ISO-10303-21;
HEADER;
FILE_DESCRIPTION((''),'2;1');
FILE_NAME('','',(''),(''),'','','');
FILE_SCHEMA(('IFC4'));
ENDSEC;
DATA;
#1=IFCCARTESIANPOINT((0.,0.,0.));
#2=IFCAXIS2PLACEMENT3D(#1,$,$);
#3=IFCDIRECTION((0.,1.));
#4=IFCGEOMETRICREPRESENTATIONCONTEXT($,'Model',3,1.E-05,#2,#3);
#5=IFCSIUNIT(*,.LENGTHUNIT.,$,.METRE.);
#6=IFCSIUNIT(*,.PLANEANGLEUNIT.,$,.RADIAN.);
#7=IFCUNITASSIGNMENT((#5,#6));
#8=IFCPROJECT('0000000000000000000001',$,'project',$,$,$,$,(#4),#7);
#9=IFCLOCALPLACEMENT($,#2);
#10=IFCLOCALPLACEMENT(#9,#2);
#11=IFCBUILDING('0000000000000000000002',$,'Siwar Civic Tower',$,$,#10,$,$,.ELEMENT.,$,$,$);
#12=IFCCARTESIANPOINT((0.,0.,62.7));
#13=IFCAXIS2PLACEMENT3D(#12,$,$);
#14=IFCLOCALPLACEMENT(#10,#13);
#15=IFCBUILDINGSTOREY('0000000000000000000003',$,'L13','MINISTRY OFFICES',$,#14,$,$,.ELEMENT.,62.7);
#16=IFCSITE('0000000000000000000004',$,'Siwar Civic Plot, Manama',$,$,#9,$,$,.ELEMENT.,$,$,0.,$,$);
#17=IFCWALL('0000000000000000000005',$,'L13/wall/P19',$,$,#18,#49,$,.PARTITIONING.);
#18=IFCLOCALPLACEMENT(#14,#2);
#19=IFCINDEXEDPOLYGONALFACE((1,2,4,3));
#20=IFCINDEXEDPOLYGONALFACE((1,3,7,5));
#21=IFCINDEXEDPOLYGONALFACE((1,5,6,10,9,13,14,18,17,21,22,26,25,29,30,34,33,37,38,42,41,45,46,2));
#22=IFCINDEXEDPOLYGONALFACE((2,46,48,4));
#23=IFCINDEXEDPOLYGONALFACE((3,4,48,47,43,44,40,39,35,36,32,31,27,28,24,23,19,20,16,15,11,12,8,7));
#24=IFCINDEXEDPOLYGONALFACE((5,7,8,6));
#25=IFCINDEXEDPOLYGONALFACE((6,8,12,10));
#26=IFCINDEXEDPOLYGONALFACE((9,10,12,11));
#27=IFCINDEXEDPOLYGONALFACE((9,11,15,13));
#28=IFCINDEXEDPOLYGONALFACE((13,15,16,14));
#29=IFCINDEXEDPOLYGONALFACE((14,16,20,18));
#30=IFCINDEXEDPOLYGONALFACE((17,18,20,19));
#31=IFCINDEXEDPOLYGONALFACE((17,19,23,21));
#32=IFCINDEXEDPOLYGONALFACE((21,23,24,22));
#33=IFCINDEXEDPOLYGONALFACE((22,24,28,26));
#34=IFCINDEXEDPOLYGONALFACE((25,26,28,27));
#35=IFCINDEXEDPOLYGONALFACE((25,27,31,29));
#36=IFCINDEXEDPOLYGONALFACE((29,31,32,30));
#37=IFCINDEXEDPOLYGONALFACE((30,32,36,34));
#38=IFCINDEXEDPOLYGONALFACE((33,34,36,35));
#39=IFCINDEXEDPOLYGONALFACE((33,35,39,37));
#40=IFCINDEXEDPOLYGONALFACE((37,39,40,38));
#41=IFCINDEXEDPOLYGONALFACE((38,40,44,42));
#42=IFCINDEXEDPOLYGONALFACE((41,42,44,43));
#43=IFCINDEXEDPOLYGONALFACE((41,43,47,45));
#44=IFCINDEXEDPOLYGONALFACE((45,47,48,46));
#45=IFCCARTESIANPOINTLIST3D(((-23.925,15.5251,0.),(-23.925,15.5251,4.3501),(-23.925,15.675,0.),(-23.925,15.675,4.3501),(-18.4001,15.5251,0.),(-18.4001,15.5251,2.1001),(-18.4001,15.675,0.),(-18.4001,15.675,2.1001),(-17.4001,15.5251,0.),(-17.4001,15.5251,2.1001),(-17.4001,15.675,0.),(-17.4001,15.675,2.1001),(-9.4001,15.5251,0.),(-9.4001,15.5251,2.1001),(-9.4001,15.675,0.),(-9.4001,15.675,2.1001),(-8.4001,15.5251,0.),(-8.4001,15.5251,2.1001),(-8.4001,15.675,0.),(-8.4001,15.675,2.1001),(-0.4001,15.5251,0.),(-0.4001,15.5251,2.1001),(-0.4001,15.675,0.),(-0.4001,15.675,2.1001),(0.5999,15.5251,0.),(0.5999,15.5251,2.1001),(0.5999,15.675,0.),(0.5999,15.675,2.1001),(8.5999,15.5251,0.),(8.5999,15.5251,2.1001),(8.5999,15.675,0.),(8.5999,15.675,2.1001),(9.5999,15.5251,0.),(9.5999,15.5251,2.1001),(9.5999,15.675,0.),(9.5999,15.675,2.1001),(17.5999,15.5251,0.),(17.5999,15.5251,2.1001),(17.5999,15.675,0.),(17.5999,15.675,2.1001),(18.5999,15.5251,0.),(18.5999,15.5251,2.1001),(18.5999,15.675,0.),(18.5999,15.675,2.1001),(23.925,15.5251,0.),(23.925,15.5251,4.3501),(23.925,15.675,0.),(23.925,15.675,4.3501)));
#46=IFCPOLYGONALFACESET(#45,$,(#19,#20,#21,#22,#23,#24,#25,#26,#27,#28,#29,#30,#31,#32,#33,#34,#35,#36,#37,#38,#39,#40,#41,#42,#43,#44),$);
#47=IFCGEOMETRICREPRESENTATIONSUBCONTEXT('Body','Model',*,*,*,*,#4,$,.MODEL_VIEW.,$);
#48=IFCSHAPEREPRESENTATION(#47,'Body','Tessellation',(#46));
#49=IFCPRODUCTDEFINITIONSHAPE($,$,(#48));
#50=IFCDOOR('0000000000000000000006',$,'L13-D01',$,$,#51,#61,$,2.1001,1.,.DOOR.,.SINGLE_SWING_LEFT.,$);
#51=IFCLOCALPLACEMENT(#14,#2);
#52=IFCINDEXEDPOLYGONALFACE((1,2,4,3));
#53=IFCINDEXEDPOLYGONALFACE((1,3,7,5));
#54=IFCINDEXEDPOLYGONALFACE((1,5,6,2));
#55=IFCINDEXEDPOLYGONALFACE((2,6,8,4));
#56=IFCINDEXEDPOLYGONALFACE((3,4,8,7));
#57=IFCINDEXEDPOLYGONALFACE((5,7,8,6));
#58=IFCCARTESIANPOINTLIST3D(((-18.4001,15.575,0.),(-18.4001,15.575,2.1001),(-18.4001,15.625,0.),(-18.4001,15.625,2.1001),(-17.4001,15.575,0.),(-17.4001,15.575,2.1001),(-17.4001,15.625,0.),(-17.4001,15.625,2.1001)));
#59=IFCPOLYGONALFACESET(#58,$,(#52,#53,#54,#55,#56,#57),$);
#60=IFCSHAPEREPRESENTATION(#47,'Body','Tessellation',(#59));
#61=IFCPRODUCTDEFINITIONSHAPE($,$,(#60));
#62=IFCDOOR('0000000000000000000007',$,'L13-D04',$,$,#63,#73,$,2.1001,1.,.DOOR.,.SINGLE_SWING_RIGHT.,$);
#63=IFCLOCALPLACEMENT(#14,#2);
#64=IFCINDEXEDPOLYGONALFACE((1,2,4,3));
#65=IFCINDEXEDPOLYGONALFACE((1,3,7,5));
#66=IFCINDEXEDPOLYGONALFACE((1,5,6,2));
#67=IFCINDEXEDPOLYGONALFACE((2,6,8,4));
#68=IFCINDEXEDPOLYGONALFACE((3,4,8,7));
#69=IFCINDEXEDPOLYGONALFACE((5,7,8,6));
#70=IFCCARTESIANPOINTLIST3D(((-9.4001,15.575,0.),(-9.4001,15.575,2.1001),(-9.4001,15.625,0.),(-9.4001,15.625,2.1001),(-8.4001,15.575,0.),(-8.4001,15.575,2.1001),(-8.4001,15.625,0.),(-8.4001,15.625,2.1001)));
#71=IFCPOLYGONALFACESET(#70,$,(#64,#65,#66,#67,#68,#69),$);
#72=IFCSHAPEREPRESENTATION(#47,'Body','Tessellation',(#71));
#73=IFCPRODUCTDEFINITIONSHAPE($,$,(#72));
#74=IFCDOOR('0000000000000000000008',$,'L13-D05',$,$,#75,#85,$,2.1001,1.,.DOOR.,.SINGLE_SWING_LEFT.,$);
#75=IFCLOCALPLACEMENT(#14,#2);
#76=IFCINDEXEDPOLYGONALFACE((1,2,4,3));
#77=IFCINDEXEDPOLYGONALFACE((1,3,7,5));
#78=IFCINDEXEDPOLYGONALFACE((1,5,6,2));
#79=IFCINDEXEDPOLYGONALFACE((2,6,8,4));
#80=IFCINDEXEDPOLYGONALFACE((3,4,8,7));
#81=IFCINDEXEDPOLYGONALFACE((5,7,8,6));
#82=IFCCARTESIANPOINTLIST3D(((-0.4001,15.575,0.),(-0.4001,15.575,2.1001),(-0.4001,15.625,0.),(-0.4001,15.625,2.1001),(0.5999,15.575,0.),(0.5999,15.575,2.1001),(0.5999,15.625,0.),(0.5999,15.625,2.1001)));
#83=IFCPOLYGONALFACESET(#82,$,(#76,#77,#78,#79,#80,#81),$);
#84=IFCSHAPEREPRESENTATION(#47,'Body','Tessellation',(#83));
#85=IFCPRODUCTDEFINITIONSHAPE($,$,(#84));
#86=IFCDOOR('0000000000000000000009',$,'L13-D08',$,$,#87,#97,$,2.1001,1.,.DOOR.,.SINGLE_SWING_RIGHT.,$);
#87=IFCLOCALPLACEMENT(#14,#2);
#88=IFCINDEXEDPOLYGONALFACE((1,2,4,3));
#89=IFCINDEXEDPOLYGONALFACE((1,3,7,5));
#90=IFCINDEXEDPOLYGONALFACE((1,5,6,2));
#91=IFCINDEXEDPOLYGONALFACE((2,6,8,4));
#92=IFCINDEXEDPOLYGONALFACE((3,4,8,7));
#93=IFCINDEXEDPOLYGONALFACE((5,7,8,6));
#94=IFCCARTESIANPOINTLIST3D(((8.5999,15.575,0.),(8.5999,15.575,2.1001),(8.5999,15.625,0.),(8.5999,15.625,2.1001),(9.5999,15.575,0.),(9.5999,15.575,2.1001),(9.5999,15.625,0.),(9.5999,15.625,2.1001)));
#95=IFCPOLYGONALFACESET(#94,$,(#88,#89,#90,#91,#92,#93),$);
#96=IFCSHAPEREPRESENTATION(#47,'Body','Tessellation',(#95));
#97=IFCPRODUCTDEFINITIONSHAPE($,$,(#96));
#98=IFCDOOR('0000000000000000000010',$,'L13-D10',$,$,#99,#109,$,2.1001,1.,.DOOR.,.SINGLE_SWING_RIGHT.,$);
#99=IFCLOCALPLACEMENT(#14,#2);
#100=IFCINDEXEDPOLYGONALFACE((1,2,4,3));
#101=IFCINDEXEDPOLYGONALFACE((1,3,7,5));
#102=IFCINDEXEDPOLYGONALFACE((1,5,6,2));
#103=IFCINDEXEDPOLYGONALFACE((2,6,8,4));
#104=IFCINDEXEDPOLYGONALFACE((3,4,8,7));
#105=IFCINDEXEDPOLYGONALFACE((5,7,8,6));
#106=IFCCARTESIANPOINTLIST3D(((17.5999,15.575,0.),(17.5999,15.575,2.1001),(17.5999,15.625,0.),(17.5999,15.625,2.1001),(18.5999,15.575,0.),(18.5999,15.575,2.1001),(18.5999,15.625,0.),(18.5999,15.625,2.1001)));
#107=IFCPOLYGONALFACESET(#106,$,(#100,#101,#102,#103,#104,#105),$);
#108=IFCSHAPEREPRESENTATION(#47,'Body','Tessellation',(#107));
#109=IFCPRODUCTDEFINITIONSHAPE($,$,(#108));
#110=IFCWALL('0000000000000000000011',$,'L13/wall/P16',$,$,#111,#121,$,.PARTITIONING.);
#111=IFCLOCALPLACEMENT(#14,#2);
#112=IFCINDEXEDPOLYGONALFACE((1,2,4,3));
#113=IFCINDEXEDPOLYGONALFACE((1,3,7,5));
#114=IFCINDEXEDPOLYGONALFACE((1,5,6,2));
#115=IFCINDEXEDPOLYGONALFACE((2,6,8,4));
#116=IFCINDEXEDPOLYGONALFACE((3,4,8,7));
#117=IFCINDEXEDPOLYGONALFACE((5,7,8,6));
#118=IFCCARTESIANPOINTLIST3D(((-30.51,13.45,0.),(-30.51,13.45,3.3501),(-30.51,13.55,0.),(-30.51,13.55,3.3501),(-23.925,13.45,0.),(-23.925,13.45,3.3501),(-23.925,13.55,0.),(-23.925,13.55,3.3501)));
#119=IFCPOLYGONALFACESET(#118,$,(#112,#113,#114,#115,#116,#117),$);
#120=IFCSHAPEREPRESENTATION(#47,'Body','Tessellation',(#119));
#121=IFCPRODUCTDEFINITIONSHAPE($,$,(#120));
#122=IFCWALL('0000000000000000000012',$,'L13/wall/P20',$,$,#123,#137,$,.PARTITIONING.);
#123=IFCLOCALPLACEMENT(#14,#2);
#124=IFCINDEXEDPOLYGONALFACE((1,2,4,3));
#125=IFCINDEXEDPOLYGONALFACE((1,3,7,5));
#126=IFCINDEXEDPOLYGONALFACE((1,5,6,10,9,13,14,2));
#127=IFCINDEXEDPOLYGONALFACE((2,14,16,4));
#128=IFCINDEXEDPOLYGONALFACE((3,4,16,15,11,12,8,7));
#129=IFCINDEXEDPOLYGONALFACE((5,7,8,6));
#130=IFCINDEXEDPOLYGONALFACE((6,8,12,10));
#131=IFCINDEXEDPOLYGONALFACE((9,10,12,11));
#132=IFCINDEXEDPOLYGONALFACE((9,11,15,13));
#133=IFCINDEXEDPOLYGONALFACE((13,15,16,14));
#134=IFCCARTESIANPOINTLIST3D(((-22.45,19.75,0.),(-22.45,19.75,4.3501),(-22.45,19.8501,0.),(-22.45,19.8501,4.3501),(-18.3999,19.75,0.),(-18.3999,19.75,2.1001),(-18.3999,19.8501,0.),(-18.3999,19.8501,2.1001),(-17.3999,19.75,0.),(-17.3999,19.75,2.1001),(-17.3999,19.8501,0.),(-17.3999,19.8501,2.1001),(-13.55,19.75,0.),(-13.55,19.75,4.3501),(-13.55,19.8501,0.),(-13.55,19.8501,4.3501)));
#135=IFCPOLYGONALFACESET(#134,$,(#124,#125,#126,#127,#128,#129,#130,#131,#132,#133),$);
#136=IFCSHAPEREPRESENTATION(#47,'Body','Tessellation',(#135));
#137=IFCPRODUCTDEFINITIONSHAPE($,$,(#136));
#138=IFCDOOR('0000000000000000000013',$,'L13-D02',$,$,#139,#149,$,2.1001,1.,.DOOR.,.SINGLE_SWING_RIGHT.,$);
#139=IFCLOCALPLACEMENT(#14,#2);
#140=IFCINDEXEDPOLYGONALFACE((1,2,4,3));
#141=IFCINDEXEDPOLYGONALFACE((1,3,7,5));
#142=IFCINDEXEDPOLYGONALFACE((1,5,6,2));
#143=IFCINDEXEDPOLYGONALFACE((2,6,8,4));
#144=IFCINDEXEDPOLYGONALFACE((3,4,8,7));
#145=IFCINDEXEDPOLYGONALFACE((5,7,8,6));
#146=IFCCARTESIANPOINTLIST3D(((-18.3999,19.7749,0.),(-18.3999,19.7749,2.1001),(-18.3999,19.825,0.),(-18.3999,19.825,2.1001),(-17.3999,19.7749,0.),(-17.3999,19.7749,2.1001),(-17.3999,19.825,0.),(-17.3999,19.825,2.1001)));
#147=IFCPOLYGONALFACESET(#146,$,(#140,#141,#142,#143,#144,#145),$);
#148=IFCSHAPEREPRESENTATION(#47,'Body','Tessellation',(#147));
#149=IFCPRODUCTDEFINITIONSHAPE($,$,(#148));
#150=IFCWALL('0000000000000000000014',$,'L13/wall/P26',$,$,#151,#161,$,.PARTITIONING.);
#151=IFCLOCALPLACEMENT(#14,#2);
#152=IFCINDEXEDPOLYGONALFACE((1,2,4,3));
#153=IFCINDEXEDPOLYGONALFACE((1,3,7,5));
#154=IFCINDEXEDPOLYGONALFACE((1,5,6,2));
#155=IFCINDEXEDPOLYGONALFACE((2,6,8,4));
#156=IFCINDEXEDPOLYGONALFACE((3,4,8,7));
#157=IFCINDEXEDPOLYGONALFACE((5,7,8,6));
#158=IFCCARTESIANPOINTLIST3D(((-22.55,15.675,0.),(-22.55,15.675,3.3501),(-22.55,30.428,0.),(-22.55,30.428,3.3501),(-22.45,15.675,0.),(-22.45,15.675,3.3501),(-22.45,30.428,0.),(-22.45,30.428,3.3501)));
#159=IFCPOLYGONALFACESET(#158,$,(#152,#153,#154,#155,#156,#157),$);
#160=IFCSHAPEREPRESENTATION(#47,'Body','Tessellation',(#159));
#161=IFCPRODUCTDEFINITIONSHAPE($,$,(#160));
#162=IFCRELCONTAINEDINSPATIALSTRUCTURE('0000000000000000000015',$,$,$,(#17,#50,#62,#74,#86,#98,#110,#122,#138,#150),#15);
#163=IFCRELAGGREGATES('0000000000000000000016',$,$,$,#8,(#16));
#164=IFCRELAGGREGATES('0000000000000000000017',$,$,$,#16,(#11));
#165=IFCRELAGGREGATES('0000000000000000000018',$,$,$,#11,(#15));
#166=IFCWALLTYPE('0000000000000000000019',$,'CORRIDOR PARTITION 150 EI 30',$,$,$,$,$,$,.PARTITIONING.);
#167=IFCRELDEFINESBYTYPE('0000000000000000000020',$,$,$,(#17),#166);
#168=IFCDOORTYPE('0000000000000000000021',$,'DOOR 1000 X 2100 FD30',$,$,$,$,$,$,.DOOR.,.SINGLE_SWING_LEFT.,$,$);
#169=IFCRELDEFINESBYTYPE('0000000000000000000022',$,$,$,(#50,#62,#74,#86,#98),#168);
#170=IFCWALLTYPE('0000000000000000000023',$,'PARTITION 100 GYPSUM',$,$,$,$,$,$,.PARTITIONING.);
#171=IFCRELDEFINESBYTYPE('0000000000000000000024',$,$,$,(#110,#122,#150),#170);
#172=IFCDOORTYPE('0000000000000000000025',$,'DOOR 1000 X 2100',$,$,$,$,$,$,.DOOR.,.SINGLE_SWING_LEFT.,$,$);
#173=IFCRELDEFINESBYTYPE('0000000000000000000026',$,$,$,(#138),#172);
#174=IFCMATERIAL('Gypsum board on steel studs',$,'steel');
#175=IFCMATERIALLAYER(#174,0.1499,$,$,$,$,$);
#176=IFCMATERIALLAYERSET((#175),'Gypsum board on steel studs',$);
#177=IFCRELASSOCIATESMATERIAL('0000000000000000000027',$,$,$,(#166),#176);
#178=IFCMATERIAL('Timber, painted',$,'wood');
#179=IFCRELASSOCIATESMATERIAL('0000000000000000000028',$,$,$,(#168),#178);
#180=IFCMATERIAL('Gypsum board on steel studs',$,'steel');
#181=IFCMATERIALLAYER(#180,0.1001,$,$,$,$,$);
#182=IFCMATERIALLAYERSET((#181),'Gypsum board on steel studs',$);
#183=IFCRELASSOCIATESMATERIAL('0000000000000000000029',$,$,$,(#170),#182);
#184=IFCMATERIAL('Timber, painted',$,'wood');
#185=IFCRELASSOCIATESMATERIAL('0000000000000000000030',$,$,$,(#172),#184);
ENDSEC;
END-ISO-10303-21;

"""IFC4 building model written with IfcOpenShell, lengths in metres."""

from ifc_helpers import new_model, si_unit, direction, frame, frame_2d, origin, place, context, subcontext, project, spatial, rectangle, extrude, material, layer, layer_set, type_object, element, fill, save


model = new_model("IFC4")

# Units and contexts
model_context = context("Model", 3, precision=1e-05, world=origin(), true_north=direction((0.0, 1.0)))
body_context = subcontext(model_context, "Body", "Model", "MODEL_VIEW")
ifc_project = project(units=[si_unit("LENGTHUNIT", "METRE"), si_unit("PLANEANGLEUNIT", "RADIAN")], contexts=[model_context])

# Site, building, storey
site_placement = place(None, origin())
site = spatial("IfcSite", under=ifc_project, at=site_placement, Name="Siwar Civic Plot, Manama", CompositionType="ELEMENT", RefElevation=0.0)
building_placement = place(site_placement, origin())
building = spatial("IfcBuilding", under=site, at=building_placement, Name="Siwar Civic Tower", CompositionType="ELEMENT")
storey_placement = place(building_placement, frame((0.0, 0.0, 62.7)))
storey = spatial("IfcBuildingStorey", under=building, at=storey_placement, Name="L13", Description="MINISTRY OFFICES", CompositionType="ELEMENT", Elevation=62.7)

# Wall, openings, doors
ifc_material_1 = material(Name="Gypsum board on steel studs", Category="steel")
ifc_layer_1 = layer(ifc_material_1, 0.1499)
ifc_layer_set_1 = layer_set([ifc_layer_1], Name="Gypsum board on steel studs")
wall_type_1 = type_object("IfcWallType", Name="CORRIDOR PARTITION 150 EI 30", PredefinedType="PARTITIONING", material=ifc_layer_set_1)
wall_1_placement = place(storey_placement, frame((-23.925, 15.6001, 0.0), z_axis=(0.0, 0.0, 1.0), x_axis=(1.0, 0.0, 0.0)))
wall_1 = element("IfcWall", 1, at=wall_1_placement, inside=storey, type_object=wall_type_1, Name="L13/wall/P19", PredefinedType="PARTITIONING", context=body_context, shape_type="SweptSolid", body=[
    extrude(rectangle(XDim=47.8501, YDim=0.1499, at=frame_2d((23.925, 0.0))), origin(), (0.0, 0.0, 1.0), 4.3501),
])
opening_1_placement = place(wall_1_placement, frame((5.5249, 0.0, 0.0)))
opening_1 = element("IfcOpeningElement", 2, at=opening_1_placement, cuts=wall_1, PredefinedType="OPENING", context=body_context, shape_type="SweptSolid", body=[
    extrude(rectangle(XDim=1.0, YDim=2.1001, at=frame_2d((0.5, 1.05))), frame((0.0, 0.085, 0.0), z_axis=(0.0, -1.0, 0.0), x_axis=(1.0, 0.0, 0.0)), (0.0, 0.0, 1.0), 0.1699),
])
opening_2_placement = place(wall_1_placement, frame((14.5249, 0.0, 0.0)))
opening_2 = element("IfcOpeningElement", 3, at=opening_2_placement, cuts=wall_1, PredefinedType="OPENING", context=body_context, shape_type="SweptSolid", body=[
    extrude(rectangle(XDim=1.0, YDim=2.1001, at=frame_2d((0.5, 1.05))), frame((0.0, 0.085, 0.0), z_axis=(0.0, -1.0, 0.0), x_axis=(1.0, 0.0, 0.0)), (0.0, 0.0, 1.0), 0.1699),
])
opening_3_placement = place(wall_1_placement, frame((23.5249, 0.0, 0.0)))
opening_3 = element("IfcOpeningElement", 4, at=opening_3_placement, cuts=wall_1, PredefinedType="OPENING", context=body_context, shape_type="SweptSolid", body=[
    extrude(rectangle(XDim=1.0, YDim=2.1001, at=frame_2d((0.5, 1.05))), frame((0.0, 0.085, 0.0), z_axis=(0.0, -1.0, 0.0), x_axis=(1.0, 0.0, 0.0)), (0.0, 0.0, 1.0), 0.1699),
])
opening_4_placement = place(wall_1_placement, frame((32.5249, 0.0, 0.0)))
opening_4 = element("IfcOpeningElement", 5, at=opening_4_placement, cuts=wall_1, PredefinedType="OPENING", context=body_context, shape_type="SweptSolid", body=[
    extrude(rectangle(XDim=1.0, YDim=2.1001, at=frame_2d((0.5, 1.05))), frame((0.0, 0.085, 0.0), z_axis=(0.0, -1.0, 0.0), x_axis=(1.0, 0.0, 0.0)), (0.0, 0.0, 1.0), 0.1699),
])
opening_5_placement = place(wall_1_placement, frame((41.5249, 0.0, 0.0)))
opening_5 = element("IfcOpeningElement", 6, at=opening_5_placement, cuts=wall_1, PredefinedType="OPENING", context=body_context, shape_type="SweptSolid", body=[
    extrude(rectangle(XDim=1.0, YDim=2.1001, at=frame_2d((0.5, 1.05))), frame((0.0, 0.085, 0.0), z_axis=(0.0, -1.0, 0.0), x_axis=(1.0, 0.0, 0.0)), (0.0, 0.0, 1.0), 0.1699),
])
ifc_material_2 = material(Name="Timber, painted", Category="wood")
door_type_1 = type_object("IfcDoorType", Name="DOOR 1000 X 2100 FD30", OperationType="SINGLE_SWING_LEFT", PredefinedType="DOOR", material=ifc_material_2)
door_1_placement = place(opening_1_placement, origin())
door_1 = element("IfcDoor", 7, at=door_1_placement, inside=storey, type_object=door_type_1, Name="L13-D01", OperationType="SINGLE_SWING_LEFT", OverallHeight=2.1001, OverallWidth=1.0, PredefinedType="DOOR", context=body_context, shape_type="SweptSolid", body=[
    extrude(rectangle(XDim=1.0, YDim=2.1001, at=frame_2d((0.5, 1.05))), frame((0.0, 0.0249, 0.0), z_axis=(0.0, -1.0, 0.0), x_axis=(1.0, 0.0, 0.0)), (0.0, 0.0, 1.0), 0.05),
])
fill(opening_1, door_1)
door_2_placement = place(opening_2_placement, origin())
door_2 = element("IfcDoor", 8, at=door_2_placement, inside=storey, type_object=door_type_1, Name="L13-D04", OperationType="SINGLE_SWING_RIGHT", OverallHeight=2.1001, OverallWidth=1.0, PredefinedType="DOOR", context=body_context, shape_type="SweptSolid", body=[
    extrude(rectangle(XDim=1.0, YDim=2.1001, at=frame_2d((0.5, 1.05))), frame((0.0, 0.0249, 0.0), z_axis=(0.0, -1.0, 0.0), x_axis=(1.0, 0.0, 0.0)), (0.0, 0.0, 1.0), 0.05),
])
fill(opening_2, door_2)
door_3_placement = place(opening_3_placement, origin())
door_3 = element("IfcDoor", 9, at=door_3_placement, inside=storey, type_object=door_type_1, Name="L13-D05", OperationType="SINGLE_SWING_LEFT", OverallHeight=2.1001, OverallWidth=1.0, PredefinedType="DOOR", context=body_context, shape_type="SweptSolid", body=[
    extrude(rectangle(XDim=1.0, YDim=2.1001, at=frame_2d((0.5, 1.05))), frame((0.0, 0.0249, 0.0), z_axis=(0.0, -1.0, 0.0), x_axis=(1.0, 0.0, 0.0)), (0.0, 0.0, 1.0), 0.05),
])
fill(opening_3, door_3)
door_4_placement = place(opening_4_placement, origin())
door_4 = element("IfcDoor", 10, at=door_4_placement, inside=storey, type_object=door_type_1, Name="L13-D08", OperationType="SINGLE_SWING_RIGHT", OverallHeight=2.1001, OverallWidth=1.0, PredefinedType="DOOR", context=body_context, shape_type="SweptSolid", body=[
    extrude(rectangle(XDim=1.0, YDim=2.1001, at=frame_2d((0.5, 1.05))), frame((0.0, 0.0249, 0.0), z_axis=(0.0, -1.0, 0.0), x_axis=(1.0, 0.0, 0.0)), (0.0, 0.0, 1.0), 0.05),
])
fill(opening_4, door_4)
door_5_placement = place(opening_5_placement, origin())
door_5 = element("IfcDoor", 11, at=door_5_placement, inside=storey, type_object=door_type_1, Name="L13-D10", OperationType="SINGLE_SWING_RIGHT", OverallHeight=2.1001, OverallWidth=1.0, PredefinedType="DOOR", context=body_context, shape_type="SweptSolid", body=[
    extrude(rectangle(XDim=1.0, YDim=2.1001, at=frame_2d((0.5, 1.05))), frame((0.0, 0.0249, 0.0), z_axis=(0.0, -1.0, 0.0), x_axis=(1.0, 0.0, 0.0)), (0.0, 0.0, 1.0), 0.05),
])
fill(opening_5, door_5)

# Wall
ifc_material_3 = material(Name="Gypsum board on steel studs", Category="steel")
ifc_layer_2 = layer(ifc_material_3, 0.1001)
ifc_layer_set_2 = layer_set([ifc_layer_2], Name="Gypsum board on steel studs")
wall_type_2 = type_object("IfcWallType", Name="PARTITION 100 GYPSUM", PredefinedType="PARTITIONING", material=ifc_layer_set_2)
wall_2_placement = place(storey_placement, frame((-30.51, 13.5, 0.0), z_axis=(0.0, 0.0, 1.0), x_axis=(1.0, 0.0, 0.0)))
element("IfcWall", 12, at=wall_2_placement, inside=storey, type_object=wall_type_2, Name="L13/wall/P16", PredefinedType="PARTITIONING", context=body_context, shape_type="SweptSolid", body=[
    extrude(rectangle(XDim=6.585, YDim=0.1001, at=frame_2d((3.2925, 0.0))), origin(), (0.0, 0.0, 1.0), 3.3501),
])

# Wall, opening, door
wall_3_placement = place(storey_placement, frame((-22.45, 19.8, 0.0), z_axis=(0.0, 0.0, 1.0), x_axis=(1.0, 0.0, 0.0)))
wall_3 = element("IfcWall", 13, at=wall_3_placement, inside=storey, type_object=wall_type_2, Name="L13/wall/P20", PredefinedType="PARTITIONING", context=body_context, shape_type="SweptSolid", body=[
    extrude(rectangle(XDim=8.8999, YDim=0.1001, at=frame_2d((4.45, 0.0))), origin(), (0.0, 0.0, 1.0), 4.3501),
])
opening_6_placement = place(wall_3_placement, frame((4.05, 0.0, 0.0)))
opening_6 = element("IfcOpeningElement", 14, at=opening_6_placement, cuts=wall_3, PredefinedType="OPENING", context=body_context, shape_type="SweptSolid", body=[
    extrude(rectangle(XDim=1.0, YDim=2.1001, at=frame_2d((0.5, 1.05))), frame((0.0, 0.0601, 0.0), z_axis=(0.0, -1.0, 0.0), x_axis=(1.0, 0.0, 0.0)), (0.0, 0.0, 1.0), 0.1201),
])
ifc_material_4 = material(Name="Timber, painted", Category="wood")
door_type_2 = type_object("IfcDoorType", Name="DOOR 1000 X 2100", OperationType="SINGLE_SWING_LEFT", PredefinedType="DOOR", material=ifc_material_4)
door_6_placement = place(opening_6_placement, origin())
door_6 = element("IfcDoor", 15, at=door_6_placement, inside=storey, type_object=door_type_2, Name="L13-D02", OperationType="SINGLE_SWING_RIGHT", OverallHeight=2.1001, OverallWidth=1.0, PredefinedType="DOOR", context=body_context, shape_type="SweptSolid", body=[
    extrude(rectangle(XDim=1.0, YDim=2.1001, at=frame_2d((0.5, 1.05))), frame((0.0, 0.0249, 0.0), z_axis=(0.0, -1.0, 0.0), x_axis=(1.0, 0.0, 0.0)), (0.0, 0.0, 1.0), 0.05),
])
fill(opening_6, door_6)

# Wall
wall_4_placement = place(storey_placement, frame((-22.5, 15.675, 0.0), z_axis=(0.0, 0.0, 1.0), x_axis=(0.0, 1.0, 0.0)))
element("IfcWall", 16, at=wall_4_placement, inside=storey, type_object=wall_type_2, Name="L13/wall/P26", PredefinedType="PARTITIONING", context=body_context, shape_type="SweptSolid", body=[
    extrude(rectangle(XDim=14.7529, YDim=0.1001, at=frame_2d((7.3765, 0.0))), origin(), (0.0, 0.0, 1.0), 3.3501),
])

save(model, "model.ifc")
